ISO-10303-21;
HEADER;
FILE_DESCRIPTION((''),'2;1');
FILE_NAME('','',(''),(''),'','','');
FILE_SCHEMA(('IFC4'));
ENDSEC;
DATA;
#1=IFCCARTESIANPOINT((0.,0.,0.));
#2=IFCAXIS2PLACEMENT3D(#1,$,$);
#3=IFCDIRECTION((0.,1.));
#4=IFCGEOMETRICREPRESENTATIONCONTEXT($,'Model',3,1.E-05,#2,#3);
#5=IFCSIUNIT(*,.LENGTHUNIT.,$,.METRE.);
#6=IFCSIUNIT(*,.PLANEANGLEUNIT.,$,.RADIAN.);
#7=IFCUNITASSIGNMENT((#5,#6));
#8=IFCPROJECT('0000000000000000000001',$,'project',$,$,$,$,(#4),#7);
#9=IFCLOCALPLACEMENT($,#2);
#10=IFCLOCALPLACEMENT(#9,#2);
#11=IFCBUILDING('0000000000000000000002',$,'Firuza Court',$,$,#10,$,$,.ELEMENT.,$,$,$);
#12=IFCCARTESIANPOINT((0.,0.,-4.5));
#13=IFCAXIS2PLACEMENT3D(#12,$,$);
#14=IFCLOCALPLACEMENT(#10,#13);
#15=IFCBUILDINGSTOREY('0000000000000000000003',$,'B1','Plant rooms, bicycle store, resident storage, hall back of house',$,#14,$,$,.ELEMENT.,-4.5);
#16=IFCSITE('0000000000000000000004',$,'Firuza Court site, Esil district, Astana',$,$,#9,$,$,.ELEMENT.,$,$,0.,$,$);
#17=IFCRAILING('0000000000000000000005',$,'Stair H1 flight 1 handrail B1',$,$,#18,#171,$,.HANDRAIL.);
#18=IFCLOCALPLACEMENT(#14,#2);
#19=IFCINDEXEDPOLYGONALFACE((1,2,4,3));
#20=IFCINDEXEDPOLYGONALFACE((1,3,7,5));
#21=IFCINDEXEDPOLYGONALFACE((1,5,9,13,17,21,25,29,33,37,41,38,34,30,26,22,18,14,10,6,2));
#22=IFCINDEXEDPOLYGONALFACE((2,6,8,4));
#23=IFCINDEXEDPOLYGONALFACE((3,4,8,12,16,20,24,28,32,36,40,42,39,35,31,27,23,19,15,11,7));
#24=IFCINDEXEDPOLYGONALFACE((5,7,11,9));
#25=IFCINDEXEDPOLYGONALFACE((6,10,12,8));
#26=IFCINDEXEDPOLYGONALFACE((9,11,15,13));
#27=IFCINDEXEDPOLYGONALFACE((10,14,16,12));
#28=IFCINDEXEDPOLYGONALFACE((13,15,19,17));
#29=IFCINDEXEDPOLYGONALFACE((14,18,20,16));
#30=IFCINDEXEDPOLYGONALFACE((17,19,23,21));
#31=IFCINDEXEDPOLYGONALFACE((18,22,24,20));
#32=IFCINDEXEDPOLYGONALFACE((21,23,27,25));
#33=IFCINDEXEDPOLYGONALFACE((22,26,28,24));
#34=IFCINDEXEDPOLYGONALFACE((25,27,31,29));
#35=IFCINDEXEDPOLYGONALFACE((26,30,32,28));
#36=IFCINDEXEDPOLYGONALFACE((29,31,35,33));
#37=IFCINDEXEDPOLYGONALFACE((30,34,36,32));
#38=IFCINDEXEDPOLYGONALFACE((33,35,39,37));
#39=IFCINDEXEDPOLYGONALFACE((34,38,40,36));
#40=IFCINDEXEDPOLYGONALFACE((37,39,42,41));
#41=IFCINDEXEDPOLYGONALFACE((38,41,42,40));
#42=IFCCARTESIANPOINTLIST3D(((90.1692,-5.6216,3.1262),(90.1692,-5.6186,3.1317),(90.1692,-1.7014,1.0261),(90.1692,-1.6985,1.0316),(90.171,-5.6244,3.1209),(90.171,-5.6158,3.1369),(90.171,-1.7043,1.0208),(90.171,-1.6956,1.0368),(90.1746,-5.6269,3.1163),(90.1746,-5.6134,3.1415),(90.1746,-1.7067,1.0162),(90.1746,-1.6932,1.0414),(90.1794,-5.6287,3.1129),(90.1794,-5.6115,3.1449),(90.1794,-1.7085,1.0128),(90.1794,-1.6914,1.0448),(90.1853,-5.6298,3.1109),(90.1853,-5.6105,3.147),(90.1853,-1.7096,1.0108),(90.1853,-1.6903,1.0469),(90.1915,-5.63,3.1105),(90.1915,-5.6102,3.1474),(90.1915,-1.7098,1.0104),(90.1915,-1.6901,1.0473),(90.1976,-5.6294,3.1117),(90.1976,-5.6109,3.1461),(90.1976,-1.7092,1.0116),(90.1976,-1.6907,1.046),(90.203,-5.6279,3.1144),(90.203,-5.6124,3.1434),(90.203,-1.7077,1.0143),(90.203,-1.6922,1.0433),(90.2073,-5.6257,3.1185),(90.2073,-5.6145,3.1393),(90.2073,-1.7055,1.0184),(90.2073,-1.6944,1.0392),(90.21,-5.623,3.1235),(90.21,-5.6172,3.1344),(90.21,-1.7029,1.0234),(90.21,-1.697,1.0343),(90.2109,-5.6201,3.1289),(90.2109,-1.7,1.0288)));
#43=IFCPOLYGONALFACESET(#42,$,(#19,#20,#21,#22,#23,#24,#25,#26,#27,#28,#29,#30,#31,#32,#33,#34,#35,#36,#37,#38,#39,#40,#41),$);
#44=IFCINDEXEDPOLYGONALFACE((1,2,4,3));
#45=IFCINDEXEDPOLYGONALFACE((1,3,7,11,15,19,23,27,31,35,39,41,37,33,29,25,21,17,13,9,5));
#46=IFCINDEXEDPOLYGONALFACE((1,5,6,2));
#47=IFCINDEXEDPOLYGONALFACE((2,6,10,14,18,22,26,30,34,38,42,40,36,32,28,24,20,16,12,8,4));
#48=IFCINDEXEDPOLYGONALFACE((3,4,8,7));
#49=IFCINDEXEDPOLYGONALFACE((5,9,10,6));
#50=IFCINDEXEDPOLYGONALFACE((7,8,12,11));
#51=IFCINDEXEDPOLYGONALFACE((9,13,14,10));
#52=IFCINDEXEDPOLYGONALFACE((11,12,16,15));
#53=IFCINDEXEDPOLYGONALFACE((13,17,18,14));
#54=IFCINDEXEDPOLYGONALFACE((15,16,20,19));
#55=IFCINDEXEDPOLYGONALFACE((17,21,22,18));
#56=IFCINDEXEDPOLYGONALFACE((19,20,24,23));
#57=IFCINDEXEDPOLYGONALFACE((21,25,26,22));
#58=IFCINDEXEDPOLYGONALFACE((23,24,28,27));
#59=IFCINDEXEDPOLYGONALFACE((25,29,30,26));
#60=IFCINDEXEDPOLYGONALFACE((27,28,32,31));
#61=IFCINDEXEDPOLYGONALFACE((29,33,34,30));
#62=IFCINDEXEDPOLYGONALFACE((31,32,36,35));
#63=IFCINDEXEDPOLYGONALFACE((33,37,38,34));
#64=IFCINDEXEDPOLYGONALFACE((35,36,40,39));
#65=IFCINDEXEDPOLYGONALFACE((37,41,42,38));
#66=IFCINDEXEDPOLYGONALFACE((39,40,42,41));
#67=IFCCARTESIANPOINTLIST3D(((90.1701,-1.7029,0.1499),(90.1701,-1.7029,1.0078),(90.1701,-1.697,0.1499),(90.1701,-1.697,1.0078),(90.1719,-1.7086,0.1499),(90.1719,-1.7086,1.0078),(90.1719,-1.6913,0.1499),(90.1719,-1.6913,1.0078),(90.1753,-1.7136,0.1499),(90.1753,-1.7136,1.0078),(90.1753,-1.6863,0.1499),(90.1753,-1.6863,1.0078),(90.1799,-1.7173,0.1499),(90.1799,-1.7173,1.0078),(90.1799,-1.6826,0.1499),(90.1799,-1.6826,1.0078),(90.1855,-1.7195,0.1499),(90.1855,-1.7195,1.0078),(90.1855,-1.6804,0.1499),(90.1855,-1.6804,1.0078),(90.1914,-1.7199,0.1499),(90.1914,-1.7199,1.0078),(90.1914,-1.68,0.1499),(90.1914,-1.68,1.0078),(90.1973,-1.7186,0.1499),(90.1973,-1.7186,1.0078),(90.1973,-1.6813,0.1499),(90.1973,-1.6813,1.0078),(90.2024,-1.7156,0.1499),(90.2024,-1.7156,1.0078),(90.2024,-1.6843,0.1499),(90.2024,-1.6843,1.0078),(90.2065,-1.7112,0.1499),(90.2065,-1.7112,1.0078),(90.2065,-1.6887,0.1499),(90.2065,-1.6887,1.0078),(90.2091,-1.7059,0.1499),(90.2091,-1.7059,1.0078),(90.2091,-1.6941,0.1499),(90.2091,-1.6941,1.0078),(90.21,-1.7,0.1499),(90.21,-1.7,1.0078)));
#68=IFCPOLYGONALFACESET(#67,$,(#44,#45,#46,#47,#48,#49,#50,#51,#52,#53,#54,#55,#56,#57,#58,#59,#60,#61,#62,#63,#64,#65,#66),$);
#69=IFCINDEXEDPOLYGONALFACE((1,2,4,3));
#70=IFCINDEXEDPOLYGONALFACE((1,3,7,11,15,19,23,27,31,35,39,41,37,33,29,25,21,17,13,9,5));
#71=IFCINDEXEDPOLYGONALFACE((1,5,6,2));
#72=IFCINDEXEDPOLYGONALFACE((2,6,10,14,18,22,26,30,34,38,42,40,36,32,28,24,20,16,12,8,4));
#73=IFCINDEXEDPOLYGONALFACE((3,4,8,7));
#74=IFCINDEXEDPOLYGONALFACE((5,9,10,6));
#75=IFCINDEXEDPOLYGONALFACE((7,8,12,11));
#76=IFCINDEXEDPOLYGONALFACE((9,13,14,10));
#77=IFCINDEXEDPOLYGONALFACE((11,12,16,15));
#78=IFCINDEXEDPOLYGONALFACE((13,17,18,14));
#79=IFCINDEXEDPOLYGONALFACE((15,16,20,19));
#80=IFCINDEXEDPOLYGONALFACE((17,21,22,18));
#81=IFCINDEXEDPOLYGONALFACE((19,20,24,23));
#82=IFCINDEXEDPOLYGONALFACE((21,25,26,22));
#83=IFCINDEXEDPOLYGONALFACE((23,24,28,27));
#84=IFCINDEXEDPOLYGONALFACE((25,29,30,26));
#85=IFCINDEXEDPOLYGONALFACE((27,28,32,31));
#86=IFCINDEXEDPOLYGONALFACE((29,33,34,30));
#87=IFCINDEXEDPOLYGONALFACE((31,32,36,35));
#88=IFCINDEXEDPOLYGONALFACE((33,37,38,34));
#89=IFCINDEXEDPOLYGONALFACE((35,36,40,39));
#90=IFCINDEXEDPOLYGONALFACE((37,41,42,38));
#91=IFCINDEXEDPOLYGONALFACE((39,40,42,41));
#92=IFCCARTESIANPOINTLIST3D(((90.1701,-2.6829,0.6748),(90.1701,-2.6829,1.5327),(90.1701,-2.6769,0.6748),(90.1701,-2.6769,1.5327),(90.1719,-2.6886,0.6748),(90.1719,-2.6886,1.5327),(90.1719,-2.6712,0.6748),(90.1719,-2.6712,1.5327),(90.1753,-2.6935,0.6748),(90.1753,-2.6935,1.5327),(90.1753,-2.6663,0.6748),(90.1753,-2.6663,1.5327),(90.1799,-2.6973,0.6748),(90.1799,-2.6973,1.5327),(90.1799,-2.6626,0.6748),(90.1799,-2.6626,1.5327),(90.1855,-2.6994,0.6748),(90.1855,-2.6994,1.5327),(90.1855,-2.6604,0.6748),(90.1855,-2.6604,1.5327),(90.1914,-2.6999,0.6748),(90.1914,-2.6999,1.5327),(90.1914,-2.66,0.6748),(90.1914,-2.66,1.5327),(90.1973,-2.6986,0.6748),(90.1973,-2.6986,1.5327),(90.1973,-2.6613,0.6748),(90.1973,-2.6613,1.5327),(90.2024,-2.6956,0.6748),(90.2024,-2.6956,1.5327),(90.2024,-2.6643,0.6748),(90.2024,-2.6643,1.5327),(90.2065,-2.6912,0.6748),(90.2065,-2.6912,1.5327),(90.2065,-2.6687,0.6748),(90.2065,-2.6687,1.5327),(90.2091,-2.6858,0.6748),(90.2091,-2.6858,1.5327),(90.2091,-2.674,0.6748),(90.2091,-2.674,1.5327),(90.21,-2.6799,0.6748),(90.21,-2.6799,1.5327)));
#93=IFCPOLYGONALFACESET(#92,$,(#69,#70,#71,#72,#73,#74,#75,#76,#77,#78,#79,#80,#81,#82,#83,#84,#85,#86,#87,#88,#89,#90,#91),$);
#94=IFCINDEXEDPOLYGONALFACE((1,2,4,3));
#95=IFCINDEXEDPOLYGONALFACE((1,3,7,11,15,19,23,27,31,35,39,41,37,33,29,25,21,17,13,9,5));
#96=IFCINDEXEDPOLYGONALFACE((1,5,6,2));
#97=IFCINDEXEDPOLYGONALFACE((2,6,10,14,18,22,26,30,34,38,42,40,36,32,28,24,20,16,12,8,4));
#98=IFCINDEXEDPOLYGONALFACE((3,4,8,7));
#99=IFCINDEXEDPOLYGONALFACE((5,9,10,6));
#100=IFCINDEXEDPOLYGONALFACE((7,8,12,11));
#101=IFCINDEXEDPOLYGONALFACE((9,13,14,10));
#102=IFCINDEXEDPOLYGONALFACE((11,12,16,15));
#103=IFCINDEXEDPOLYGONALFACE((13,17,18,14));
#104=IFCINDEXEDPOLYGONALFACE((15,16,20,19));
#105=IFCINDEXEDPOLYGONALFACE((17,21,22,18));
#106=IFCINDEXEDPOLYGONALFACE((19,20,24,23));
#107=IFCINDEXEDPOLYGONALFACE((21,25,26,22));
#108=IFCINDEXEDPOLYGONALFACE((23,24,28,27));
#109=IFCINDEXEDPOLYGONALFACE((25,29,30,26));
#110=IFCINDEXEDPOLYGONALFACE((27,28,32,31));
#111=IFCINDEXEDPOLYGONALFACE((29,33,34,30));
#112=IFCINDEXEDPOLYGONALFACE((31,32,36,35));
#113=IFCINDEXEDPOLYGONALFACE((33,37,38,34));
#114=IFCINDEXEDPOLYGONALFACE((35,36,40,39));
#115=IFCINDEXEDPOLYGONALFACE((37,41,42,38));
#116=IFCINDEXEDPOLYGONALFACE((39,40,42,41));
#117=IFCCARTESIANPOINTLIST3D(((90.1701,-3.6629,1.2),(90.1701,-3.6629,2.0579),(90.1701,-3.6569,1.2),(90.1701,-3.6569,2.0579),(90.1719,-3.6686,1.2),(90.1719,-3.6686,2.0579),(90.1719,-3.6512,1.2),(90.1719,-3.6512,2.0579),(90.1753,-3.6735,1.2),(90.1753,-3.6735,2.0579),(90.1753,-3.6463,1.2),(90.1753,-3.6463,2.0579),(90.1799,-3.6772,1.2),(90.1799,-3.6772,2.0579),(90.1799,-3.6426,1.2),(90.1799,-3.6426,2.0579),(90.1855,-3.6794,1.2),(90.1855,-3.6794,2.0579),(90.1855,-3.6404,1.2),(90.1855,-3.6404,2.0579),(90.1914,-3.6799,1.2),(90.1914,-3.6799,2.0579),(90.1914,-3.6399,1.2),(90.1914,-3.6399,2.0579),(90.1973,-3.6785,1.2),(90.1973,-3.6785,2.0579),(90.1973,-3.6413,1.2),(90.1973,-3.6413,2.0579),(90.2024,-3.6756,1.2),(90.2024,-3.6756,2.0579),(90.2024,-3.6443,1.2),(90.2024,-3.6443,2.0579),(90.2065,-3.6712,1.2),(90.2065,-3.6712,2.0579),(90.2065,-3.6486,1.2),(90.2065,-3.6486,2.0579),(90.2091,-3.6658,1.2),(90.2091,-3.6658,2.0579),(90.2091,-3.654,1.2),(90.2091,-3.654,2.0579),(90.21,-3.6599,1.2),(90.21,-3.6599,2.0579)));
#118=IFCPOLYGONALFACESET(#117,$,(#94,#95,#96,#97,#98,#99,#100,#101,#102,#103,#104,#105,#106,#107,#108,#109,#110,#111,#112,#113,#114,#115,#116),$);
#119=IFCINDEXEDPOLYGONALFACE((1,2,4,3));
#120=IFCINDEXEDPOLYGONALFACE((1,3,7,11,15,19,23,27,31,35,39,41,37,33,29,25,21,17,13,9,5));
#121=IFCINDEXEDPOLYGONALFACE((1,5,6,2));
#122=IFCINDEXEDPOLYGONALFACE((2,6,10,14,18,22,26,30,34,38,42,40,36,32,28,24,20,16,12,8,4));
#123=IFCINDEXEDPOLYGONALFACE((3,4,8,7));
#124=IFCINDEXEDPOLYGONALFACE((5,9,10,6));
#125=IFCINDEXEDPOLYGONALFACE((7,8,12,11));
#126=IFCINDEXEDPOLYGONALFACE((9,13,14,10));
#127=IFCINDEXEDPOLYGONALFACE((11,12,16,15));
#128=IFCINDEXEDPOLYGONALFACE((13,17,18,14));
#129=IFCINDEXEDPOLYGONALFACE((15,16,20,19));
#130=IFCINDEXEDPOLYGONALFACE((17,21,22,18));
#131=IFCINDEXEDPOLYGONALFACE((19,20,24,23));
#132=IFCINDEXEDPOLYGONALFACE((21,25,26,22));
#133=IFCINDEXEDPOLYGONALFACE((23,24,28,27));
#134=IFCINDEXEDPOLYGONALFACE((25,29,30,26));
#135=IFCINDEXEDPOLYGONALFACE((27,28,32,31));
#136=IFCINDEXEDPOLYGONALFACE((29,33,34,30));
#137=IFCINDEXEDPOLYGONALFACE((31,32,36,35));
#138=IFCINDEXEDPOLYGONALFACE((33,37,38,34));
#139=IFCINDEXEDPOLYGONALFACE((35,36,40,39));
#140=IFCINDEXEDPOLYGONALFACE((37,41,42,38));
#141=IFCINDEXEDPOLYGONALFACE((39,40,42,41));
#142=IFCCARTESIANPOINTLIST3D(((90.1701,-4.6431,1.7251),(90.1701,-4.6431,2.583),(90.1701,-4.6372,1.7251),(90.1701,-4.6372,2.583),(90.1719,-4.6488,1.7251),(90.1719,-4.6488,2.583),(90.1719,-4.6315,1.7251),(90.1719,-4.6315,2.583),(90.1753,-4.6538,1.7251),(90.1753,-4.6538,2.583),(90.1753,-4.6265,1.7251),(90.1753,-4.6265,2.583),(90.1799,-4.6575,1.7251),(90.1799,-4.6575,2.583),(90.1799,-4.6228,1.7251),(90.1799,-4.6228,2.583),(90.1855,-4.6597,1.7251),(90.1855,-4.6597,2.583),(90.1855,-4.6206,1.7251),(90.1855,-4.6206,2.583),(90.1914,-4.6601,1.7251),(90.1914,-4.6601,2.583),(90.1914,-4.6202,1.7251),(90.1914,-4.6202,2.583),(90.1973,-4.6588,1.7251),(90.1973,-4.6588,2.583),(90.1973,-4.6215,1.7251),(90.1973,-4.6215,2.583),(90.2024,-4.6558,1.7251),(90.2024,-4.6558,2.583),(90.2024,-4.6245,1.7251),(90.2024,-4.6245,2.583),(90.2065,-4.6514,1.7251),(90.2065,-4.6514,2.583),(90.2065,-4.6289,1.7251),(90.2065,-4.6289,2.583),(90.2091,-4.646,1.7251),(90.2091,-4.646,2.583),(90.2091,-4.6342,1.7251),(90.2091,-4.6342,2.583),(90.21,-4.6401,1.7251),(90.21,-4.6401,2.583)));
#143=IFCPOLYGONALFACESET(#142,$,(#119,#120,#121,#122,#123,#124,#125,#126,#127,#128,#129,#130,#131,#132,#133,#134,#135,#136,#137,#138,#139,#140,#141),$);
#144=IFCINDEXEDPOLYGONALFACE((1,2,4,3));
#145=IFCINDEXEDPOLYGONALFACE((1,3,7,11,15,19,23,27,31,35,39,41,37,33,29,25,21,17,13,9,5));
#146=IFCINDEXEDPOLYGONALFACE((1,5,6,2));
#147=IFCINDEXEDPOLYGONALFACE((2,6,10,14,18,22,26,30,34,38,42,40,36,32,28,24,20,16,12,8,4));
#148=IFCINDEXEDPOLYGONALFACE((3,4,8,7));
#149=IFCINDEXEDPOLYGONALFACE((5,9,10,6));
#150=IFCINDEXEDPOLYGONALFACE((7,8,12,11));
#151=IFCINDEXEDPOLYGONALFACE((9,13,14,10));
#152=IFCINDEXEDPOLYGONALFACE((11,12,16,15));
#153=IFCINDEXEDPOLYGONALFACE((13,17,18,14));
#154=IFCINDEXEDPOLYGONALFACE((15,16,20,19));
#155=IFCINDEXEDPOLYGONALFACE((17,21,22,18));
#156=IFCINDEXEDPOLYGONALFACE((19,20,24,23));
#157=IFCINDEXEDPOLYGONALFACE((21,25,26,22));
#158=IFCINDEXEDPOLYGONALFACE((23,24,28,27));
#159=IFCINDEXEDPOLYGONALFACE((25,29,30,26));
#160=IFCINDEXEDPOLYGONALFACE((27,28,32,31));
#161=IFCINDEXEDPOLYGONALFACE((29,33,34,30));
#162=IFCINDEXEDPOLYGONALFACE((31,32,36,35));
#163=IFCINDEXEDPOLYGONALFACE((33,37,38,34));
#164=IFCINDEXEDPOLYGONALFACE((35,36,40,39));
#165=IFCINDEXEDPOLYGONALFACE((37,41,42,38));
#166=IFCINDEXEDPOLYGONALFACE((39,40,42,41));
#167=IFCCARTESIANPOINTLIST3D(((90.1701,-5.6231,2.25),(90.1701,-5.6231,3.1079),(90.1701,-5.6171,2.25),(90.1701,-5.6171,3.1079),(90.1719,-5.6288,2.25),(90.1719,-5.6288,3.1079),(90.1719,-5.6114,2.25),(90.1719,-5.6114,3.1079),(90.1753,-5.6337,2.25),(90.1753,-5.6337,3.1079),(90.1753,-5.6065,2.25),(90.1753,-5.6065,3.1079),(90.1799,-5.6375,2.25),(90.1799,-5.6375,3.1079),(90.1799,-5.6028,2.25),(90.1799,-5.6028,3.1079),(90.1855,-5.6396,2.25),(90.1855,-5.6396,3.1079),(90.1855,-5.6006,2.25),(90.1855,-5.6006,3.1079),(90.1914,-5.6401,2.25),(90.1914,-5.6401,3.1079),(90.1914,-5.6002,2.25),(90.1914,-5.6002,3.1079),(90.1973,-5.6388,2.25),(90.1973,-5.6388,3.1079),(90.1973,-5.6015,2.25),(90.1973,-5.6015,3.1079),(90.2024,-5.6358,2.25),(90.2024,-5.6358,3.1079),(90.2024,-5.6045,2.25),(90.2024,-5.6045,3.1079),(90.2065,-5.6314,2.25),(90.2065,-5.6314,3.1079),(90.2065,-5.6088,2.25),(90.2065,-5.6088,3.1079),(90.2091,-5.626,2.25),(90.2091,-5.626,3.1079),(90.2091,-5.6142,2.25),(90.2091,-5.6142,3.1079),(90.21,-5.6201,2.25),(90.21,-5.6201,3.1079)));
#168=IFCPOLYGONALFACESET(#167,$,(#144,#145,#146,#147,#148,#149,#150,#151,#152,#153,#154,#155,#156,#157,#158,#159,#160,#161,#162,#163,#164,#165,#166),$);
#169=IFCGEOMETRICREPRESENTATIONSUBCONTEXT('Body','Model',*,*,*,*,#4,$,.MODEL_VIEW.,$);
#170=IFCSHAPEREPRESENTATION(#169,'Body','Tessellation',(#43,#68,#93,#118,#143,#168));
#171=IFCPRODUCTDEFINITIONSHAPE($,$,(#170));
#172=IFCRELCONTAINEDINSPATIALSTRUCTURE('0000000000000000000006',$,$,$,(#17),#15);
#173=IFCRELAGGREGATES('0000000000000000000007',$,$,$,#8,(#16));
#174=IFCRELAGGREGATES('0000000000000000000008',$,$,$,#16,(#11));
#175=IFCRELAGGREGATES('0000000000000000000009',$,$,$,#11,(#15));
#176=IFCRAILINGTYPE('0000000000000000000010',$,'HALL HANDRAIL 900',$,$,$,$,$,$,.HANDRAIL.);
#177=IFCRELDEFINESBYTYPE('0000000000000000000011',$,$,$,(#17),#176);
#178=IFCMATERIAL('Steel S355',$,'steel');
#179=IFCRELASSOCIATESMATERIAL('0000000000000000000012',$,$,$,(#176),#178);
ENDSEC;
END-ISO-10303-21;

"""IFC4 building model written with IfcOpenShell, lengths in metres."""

from ifc_helpers import new_model, si_unit, direction, frame, origin, origin_2d, place, context, subcontext, project, spatial, circle, extrude, material, type_object, element, save


model = new_model("IFC4")

# Units and contexts
model_context = context("Model", 3, precision=1e-05, world=origin(), true_north=direction((0.0, 1.0)))
body_context = subcontext(model_context, "Body", "Model", "MODEL_VIEW")
ifc_project = project(units=[si_unit("LENGTHUNIT", "METRE"), si_unit("PLANEANGLEUNIT", "RADIAN")], contexts=[model_context])

# Site, building, storey
site_placement = place(None, origin())
site = spatial("IfcSite", under=ifc_project, at=site_placement, Name="Firuza Court site, Esil district, Astana", CompositionType="ELEMENT", RefElevation=0.0)
building_placement = place(site_placement, origin())
building = spatial("IfcBuilding", under=site, at=building_placement, Name="Firuza Court", CompositionType="ELEMENT")
storey_placement = place(building_placement, frame((0.0, 0.0, -4.5)))
storey = spatial("IfcBuildingStorey", under=building, at=storey_placement, Name="B1", Description="Plant rooms, bicycle store, resident storage, hall back of house", CompositionType="ELEMENT", Elevation=-4.5)

# Railing
ifc_material_1 = material(Name="Steel S355", Category="steel")
railing_type_1 = type_object("IfcRailingType", Name="HALL HANDRAIL 900", PredefinedType="HANDRAIL", material=ifc_material_1)
railing_1_placement = place(storey_placement, frame((90.1899, -1.7, 0.1499)))
element("IfcRailing", 1, at=railing_1_placement, inside=storey, type_object=railing_type_1, Name="Stair H1 flight 1 handrail B1", PredefinedType="HANDRAIL", context=body_context, shape_type="SweptSolid", body=[
    extrude(circle(Radius=0.021, at=origin_2d()), frame((0.0, 0.0, 0.8789), z_axis=(0.0, -0.881479, 0.472223), x_axis=(1.0, 0.0, 0.0)), (0.0, 0.0, 1.0), 4.4473),
    extrude(circle(Radius=0.02, at=origin_2d()), origin(), (0.0, 0.0, 1.0), 0.8579),
    extrude(circle(Radius=0.02, at=origin_2d()), frame((0.0, -0.98, 0.5249)), (0.0, 0.0, 1.0), 0.8579),
    extrude(circle(Radius=0.02, at=origin_2d()), frame((0.0, -1.96, 1.05)), (0.0, 0.0, 1.0), 0.8579),
    extrude(circle(Radius=0.02, at=origin_2d()), frame((0.0, -2.9402, 1.5752)), (0.0, 0.0, 1.0), 0.8579),
    extrude(circle(Radius=0.02, at=origin_2d()), frame((0.0, -3.9202, 2.1001)), (0.0, 0.0, 1.0), 0.8579),
])

save(model, "model.ifc")
